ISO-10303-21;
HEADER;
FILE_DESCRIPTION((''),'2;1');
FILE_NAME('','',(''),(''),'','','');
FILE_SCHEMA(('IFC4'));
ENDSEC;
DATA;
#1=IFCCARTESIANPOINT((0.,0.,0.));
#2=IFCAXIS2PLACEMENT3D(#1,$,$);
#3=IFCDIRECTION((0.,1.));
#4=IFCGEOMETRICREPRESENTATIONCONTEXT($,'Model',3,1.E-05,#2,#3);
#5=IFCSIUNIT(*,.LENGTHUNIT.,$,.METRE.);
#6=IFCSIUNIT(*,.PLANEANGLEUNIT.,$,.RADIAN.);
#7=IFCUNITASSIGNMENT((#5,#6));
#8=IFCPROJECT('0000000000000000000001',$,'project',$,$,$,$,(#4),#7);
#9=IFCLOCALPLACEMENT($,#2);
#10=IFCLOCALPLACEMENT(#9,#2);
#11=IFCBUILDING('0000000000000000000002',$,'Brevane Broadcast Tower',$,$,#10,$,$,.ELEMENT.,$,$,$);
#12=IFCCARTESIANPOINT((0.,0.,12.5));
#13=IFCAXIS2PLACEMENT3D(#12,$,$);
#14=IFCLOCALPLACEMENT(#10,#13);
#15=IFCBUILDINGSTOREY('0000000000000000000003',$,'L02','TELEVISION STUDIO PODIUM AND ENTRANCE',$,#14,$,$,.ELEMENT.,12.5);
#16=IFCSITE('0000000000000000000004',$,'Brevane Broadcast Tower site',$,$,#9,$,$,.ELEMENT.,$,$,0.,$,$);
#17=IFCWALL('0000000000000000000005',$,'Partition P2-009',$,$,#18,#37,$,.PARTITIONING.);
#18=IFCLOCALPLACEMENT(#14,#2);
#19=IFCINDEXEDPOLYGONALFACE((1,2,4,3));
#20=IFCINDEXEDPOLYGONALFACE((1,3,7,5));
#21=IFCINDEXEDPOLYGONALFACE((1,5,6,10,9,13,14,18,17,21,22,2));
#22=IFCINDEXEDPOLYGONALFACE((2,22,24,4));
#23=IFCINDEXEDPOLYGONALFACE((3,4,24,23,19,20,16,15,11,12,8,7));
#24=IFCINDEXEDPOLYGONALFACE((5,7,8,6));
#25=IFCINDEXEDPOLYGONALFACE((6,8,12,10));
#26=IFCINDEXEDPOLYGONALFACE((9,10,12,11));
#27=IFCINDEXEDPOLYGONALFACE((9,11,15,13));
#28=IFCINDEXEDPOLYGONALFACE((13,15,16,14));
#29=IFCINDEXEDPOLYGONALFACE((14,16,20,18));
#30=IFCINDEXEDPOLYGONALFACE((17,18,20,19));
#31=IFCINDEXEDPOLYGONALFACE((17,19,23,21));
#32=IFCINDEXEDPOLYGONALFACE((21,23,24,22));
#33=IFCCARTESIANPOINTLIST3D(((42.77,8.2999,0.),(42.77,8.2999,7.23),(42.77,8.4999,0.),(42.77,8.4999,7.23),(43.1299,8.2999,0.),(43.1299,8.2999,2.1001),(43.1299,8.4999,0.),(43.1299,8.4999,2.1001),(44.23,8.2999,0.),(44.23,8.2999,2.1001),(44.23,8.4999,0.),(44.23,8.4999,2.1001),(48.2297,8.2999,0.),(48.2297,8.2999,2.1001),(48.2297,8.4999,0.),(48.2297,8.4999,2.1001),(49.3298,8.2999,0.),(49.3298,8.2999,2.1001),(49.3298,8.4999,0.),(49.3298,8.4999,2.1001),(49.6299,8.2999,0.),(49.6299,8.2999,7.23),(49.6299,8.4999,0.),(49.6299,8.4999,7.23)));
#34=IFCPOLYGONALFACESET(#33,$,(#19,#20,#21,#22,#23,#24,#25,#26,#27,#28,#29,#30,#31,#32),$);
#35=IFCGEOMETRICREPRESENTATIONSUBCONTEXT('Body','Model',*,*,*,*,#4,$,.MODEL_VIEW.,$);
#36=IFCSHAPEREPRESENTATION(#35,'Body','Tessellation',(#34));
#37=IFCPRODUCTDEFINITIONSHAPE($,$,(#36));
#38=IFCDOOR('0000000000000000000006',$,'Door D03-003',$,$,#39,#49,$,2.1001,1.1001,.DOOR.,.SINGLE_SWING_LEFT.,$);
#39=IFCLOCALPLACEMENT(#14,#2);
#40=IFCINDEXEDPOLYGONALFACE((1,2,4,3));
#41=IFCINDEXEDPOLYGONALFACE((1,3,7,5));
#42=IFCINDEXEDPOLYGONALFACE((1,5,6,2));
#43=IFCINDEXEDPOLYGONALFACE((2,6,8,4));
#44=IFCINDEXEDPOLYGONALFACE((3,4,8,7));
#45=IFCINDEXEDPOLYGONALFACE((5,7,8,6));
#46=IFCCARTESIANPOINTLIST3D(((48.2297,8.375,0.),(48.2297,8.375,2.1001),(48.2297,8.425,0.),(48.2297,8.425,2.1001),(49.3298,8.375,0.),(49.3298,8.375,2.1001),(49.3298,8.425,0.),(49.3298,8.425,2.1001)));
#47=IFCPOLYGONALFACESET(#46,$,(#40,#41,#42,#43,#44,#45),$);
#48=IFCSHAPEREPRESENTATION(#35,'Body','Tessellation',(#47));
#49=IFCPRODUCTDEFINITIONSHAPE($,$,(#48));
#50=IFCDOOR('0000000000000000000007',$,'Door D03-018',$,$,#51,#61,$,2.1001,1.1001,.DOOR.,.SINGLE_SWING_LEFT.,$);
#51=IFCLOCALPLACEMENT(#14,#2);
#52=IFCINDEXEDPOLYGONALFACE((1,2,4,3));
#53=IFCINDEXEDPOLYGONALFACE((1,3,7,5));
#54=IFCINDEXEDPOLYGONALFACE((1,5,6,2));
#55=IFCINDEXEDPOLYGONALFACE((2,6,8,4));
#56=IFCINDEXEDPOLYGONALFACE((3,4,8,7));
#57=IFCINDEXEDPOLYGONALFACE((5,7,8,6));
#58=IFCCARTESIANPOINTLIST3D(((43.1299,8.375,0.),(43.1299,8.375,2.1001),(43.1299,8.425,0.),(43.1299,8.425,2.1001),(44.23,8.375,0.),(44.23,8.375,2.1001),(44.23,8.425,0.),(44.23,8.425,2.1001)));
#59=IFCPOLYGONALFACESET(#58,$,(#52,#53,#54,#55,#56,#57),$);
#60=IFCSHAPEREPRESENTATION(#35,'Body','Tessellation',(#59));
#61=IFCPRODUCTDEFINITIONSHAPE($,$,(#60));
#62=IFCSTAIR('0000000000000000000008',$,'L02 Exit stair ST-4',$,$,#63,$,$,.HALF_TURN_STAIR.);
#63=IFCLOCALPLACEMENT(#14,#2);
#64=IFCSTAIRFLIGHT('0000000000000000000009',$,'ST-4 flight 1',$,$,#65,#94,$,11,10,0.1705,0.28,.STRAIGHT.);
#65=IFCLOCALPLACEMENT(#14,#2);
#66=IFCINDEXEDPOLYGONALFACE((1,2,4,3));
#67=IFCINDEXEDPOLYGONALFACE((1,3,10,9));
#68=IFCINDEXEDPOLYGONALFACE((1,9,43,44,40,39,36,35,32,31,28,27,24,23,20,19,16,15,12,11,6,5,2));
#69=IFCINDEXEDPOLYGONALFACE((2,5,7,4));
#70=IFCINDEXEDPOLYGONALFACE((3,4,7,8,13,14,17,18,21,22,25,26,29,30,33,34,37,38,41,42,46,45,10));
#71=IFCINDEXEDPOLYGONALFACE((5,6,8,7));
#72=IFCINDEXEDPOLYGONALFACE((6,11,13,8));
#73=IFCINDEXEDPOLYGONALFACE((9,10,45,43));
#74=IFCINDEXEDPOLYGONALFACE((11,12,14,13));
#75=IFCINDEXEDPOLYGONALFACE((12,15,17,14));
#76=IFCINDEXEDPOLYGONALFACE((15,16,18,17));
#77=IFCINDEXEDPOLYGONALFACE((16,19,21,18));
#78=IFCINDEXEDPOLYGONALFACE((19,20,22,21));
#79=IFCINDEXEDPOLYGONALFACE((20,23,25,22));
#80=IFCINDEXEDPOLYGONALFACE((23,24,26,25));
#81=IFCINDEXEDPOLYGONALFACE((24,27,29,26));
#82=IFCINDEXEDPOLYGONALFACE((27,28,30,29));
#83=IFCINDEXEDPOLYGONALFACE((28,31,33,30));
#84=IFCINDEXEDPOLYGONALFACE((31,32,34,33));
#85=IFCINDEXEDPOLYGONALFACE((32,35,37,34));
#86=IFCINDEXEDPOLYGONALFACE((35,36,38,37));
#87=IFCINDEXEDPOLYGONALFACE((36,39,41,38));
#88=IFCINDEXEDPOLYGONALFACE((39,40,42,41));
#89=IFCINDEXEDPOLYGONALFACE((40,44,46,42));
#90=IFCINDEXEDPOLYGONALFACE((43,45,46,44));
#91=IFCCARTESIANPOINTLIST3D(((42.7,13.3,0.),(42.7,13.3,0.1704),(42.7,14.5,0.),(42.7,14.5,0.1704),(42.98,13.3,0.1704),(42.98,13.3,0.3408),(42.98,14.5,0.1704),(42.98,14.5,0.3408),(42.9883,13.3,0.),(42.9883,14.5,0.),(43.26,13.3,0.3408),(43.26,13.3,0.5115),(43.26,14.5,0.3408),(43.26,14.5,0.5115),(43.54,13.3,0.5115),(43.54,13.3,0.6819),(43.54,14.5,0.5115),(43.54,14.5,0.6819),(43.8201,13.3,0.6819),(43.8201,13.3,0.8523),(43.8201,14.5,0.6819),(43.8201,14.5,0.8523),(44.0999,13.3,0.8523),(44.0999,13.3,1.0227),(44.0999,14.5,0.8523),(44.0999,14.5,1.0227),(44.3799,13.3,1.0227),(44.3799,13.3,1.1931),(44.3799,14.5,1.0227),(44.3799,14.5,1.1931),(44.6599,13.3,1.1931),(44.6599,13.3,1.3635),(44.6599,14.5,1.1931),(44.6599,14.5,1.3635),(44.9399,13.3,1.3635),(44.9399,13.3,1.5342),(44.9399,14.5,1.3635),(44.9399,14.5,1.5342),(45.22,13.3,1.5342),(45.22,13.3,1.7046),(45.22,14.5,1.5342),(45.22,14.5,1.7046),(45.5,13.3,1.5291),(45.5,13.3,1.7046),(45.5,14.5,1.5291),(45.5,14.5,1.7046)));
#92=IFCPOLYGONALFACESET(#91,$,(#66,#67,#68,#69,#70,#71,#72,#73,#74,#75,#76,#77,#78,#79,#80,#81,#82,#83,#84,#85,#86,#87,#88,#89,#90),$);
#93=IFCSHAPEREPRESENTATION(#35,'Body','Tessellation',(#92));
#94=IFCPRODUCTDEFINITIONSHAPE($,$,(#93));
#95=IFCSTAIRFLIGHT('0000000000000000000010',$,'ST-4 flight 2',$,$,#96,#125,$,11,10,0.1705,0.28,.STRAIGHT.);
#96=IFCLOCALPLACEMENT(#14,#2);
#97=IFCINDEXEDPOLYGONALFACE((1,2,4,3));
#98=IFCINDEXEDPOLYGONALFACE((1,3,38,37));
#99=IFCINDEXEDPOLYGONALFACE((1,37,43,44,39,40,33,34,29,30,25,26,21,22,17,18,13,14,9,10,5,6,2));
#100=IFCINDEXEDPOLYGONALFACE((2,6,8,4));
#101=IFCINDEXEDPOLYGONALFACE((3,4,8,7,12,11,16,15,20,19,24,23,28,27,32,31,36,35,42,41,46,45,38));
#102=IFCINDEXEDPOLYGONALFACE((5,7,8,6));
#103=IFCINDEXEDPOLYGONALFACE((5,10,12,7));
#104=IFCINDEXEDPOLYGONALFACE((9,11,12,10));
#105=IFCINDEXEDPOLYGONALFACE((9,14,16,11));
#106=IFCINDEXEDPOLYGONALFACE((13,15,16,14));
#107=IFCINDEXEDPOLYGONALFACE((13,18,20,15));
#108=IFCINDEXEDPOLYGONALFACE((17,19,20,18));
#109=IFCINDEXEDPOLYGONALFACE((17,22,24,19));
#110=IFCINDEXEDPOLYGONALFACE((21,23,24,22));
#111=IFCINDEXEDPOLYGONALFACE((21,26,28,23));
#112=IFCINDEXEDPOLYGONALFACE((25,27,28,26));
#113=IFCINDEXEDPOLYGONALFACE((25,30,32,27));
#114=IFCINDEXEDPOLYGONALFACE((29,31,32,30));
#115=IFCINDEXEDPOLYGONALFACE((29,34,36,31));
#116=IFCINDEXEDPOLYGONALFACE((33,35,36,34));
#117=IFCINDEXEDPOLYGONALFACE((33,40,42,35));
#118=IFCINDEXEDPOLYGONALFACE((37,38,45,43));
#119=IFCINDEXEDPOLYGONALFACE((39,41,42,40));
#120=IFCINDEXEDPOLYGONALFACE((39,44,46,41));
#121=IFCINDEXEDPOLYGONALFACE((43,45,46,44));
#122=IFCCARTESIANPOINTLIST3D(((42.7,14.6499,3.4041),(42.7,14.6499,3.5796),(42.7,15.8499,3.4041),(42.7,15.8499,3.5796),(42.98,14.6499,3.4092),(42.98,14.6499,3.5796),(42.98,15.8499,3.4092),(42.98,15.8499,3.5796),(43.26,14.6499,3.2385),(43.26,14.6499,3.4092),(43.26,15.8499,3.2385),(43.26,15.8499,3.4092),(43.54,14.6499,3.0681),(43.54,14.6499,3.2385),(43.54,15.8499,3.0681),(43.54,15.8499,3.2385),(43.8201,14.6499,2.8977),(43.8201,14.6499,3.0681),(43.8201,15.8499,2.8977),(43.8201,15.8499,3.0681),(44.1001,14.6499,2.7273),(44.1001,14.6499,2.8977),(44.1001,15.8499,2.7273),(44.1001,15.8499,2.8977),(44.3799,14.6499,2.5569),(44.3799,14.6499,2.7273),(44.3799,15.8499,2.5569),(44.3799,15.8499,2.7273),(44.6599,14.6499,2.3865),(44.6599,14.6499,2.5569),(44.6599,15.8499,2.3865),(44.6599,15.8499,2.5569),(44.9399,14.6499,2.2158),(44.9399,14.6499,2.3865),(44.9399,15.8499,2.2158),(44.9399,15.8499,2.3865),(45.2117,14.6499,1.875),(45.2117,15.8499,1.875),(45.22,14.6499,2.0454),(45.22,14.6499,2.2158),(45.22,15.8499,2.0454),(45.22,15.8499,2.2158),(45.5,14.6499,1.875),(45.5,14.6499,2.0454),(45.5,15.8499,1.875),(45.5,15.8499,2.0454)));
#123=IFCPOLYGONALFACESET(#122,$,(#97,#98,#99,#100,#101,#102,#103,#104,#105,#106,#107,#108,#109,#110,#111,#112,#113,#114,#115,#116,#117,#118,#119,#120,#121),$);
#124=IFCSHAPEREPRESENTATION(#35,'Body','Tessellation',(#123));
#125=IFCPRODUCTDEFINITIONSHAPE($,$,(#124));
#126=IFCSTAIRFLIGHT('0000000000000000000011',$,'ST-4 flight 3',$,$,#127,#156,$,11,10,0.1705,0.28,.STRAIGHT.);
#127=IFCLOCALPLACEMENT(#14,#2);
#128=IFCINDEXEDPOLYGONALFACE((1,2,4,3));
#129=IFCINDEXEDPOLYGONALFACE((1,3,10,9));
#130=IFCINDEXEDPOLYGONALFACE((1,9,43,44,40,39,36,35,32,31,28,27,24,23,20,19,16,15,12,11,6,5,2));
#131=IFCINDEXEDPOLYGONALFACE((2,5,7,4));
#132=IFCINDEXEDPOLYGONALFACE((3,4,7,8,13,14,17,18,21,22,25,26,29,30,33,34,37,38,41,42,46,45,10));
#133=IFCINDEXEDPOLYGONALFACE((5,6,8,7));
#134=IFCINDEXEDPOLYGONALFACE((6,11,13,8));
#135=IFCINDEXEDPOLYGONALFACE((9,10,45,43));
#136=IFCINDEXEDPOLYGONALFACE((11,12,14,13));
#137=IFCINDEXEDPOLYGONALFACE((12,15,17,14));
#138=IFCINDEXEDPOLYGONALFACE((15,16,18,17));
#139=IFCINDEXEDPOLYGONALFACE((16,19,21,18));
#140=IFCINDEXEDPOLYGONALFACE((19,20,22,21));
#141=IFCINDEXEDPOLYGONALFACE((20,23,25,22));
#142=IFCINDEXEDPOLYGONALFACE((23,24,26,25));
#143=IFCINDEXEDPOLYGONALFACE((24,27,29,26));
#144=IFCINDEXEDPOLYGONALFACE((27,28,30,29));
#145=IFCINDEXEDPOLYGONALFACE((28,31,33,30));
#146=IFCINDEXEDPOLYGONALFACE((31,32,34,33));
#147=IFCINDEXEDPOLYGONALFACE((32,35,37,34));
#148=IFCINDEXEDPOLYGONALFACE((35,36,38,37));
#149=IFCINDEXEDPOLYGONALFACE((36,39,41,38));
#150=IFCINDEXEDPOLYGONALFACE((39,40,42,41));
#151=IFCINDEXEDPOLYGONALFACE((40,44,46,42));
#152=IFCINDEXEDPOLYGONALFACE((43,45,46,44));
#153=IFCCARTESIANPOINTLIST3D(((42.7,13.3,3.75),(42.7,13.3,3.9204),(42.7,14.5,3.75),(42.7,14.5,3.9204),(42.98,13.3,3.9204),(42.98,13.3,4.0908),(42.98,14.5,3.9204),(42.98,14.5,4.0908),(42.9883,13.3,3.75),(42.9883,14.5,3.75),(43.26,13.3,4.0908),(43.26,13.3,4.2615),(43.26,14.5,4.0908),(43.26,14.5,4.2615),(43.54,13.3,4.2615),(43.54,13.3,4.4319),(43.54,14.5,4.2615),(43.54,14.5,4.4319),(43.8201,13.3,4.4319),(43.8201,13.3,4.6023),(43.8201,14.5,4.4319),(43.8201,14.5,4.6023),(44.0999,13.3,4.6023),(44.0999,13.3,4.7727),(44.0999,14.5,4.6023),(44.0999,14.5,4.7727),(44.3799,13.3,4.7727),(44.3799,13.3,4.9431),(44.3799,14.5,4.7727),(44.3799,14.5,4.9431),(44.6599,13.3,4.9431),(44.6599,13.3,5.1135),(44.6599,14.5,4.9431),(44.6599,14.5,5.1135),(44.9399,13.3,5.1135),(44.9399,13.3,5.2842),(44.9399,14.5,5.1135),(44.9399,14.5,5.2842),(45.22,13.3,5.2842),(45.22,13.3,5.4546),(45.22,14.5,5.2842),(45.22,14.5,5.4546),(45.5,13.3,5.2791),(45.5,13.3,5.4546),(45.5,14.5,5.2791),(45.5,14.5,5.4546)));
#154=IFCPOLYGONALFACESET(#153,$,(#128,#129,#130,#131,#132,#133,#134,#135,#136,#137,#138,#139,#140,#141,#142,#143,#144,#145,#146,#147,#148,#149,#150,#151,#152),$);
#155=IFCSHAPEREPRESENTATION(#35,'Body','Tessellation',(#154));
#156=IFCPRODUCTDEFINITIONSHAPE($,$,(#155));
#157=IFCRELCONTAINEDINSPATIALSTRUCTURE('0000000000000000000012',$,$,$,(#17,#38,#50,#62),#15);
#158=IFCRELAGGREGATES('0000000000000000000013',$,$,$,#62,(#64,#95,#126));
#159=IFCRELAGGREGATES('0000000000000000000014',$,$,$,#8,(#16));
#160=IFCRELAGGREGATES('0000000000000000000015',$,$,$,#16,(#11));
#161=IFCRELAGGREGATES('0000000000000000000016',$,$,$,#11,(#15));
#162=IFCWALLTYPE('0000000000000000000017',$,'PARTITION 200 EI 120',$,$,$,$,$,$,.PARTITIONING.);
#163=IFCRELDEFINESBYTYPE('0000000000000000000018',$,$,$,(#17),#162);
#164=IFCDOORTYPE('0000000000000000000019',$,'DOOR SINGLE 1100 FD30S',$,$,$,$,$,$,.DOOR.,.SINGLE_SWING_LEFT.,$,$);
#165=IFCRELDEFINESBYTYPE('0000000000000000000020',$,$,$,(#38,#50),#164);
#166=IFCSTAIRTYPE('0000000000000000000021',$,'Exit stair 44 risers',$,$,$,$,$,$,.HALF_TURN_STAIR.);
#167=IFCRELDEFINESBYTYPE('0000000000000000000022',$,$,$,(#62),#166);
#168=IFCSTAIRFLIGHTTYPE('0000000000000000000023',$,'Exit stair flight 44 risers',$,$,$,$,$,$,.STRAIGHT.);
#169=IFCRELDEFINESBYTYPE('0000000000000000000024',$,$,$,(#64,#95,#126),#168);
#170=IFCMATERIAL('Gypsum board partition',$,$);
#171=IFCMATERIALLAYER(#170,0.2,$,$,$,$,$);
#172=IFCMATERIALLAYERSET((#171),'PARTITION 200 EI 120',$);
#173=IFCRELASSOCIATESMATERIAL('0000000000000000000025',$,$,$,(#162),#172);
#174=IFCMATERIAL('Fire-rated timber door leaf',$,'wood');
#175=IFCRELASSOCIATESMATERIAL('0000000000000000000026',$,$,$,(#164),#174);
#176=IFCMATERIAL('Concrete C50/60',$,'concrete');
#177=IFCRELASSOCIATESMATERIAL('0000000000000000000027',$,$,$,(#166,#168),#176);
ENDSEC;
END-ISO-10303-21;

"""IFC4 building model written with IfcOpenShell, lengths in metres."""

from ifc_helpers import new_model, si_unit, direction, frame, frame_2d, origin, place, context, subcontext, project, spatial, polyline, rectangle, outline, extrude, material, layer, layer_set, type_object, element, fill, aggregate, save


model = new_model("IFC4")

# Units and contexts
model_context = context("Model", 3, precision=1e-05, world=origin(), true_north=direction((0.0, 1.0)))
body_context = subcontext(model_context, "Body", "Model", "MODEL_VIEW")
ifc_project = project(units=[si_unit("LENGTHUNIT", "METRE"), si_unit("PLANEANGLEUNIT", "RADIAN")], contexts=[model_context])

# Site, building, storey
site_placement = place(None, origin())
site = spatial("IfcSite", under=ifc_project, at=site_placement, Name="Brevane Broadcast Tower site", CompositionType="ELEMENT", RefElevation=0.0)
building_placement = place(site_placement, origin())
building = spatial("IfcBuilding", under=site, at=building_placement, Name="Brevane Broadcast Tower", CompositionType="ELEMENT")
storey_placement = place(building_placement, frame((0.0, 0.0, 12.5)))
storey = spatial("IfcBuildingStorey", under=building, at=storey_placement, Name="L02", Description="TELEVISION STUDIO PODIUM AND ENTRANCE", CompositionType="ELEMENT", Elevation=12.5)

# Shared definitions
ifc_material_1 = material(Name="Gypsum board partition")

# Wall, openings, doors
ifc_layer_1 = layer(ifc_material_1, 0.2)
ifc_layer_set_1 = layer_set([ifc_layer_1], Name="PARTITION 200 EI 120")
wall_type_1 = type_object("IfcWallType", Name="PARTITION 200 EI 120", PredefinedType="PARTITIONING", material=ifc_layer_set_1)
wall_1_placement = place(storey_placement, frame((49.6299, 8.3999, 0.0), z_axis=(0.0, 0.0, 1.0), x_axis=(-1.0, 0.0, 0.0)))
wall_1 = element("IfcWall", 1, at=wall_1_placement, inside=storey, type_object=wall_type_1, Name="Partition P2-009", PredefinedType="PARTITIONING", context=body_context, shape_type="SweptSolid", body=[
    extrude(rectangle(XDim=6.8599, YDim=0.2, at=frame_2d((3.4299, 0.0))), origin(), (0.0, 0.0, 1.0), 7.23),
])
opening_1_placement = place(wall_1_placement, frame((0.3, 0.0, 0.0)))
opening_1 = element("IfcOpeningElement", 2, at=opening_1_placement, cuts=wall_1, PredefinedType="OPENING", context=body_context, shape_type="SweptSolid", body=[
    extrude(rectangle(XDim=1.1001, YDim=2.1001, at=frame_2d((0.55, 1.05))), frame((0.0, 0.1099, 0.0), z_axis=(0.0, -1.0, 0.0), x_axis=(1.0, 0.0, 0.0)), (0.0, 0.0, 1.0), 0.22),
])
opening_2_placement = place(wall_1_placement, frame((5.3999, 0.0, 0.0)))
opening_2 = element("IfcOpeningElement", 3, at=opening_2_placement, cuts=wall_1, PredefinedType="OPENING", context=body_context, shape_type="SweptSolid", body=[
    extrude(rectangle(XDim=1.1001, YDim=2.1001, at=frame_2d((0.55, 1.05))), frame((0.0, 0.1099, 0.0), z_axis=(0.0, -1.0, 0.0), x_axis=(1.0, 0.0, 0.0)), (0.0, 0.0, 1.0), 0.22),
])
ifc_material_2 = material(Name="Fire-rated timber door leaf", Category="wood")
door_type_1 = type_object("IfcDoorType", Name="DOOR SINGLE 1100 FD30S", OperationType="SINGLE_SWING_LEFT", PredefinedType="DOOR", material=ifc_material_2)
door_1_placement = place(opening_1_placement, origin())
door_1 = element("IfcDoor", 4, at=door_1_placement, inside=storey, type_object=door_type_1, Name="Door D03-003", OperationType="SINGLE_SWING_LEFT", OverallHeight=2.1001, OverallWidth=1.1001, PredefinedType="DOOR", context=body_context, shape_type="SweptSolid", body=[
    extrude(rectangle(XDim=1.1001, YDim=2.1001, at=frame_2d((0.55, 1.05))), frame((0.0, 0.0249, 0.0), z_axis=(0.0, -1.0, 0.0), x_axis=(1.0, 0.0, 0.0)), (0.0, 0.0, 1.0), 0.05),
])
fill(opening_1, door_1)
door_2_placement = place(opening_2_placement, origin())
door_2 = element("IfcDoor", 5, at=door_2_placement, inside=storey, type_object=door_type_1, Name="Door D03-018", OperationType="SINGLE_SWING_LEFT", OverallHeight=2.1001, OverallWidth=1.1001, PredefinedType="DOOR", context=body_context, shape_type="SweptSolid", body=[
    extrude(rectangle(XDim=1.1001, YDim=2.1001, at=frame_2d((0.55, 1.05))), frame((0.0, 0.0249, 0.0), z_axis=(0.0, -1.0, 0.0), x_axis=(1.0, 0.0, 0.0)), (0.0, 0.0, 1.0), 0.05),
])
fill(opening_2, door_2)

# Stair, stair flights
ifc_material_3 = material(Name="Concrete C50/60", Category="concrete")
stair_type = type_object("IfcStairType", Name="Exit stair 44 risers", PredefinedType="HALF_TURN_STAIR", material=ifc_material_3)
stair_placement = place(storey_placement, origin())
stair = element("IfcStair", 6, at=stair_placement, inside=storey, type_object=stair_type, Name="L02 Exit stair ST-4", PredefinedType="HALF_TURN_STAIR")
stair_flight_type = type_object("IfcStairFlightType", Name="Exit stair flight 44 risers", PredefinedType="STRAIGHT", material=ifc_material_3)
stair_flight_1_placement = place(storey_placement, frame((42.7, 13.8999, 0.0), z_axis=(0.0, 0.0, 1.0), x_axis=(1.0, 0.0, 0.0)))
stair_flight_1 = element("IfcStairFlight", 7, at=stair_flight_1_placement, type_object=stair_flight_type, Name="ST-4 flight 1", NumberOfRisers=11, NumberOfTreads=10, PredefinedType="STRAIGHT", RiserHeight=0.1705, TreadLength=0.28, context=body_context, shape_type="SweptSolid", body=[
    extrude(outline(polyline([(0.0, 0.0), (0.0, 0.1704), (0.28, 0.1704), (0.28, 0.3408), (0.5601, 0.3408), (0.5601, 0.5115), (0.8401, 0.5115), (0.8401, 0.6819), (1.1201, 0.6819), (1.1201, 0.8523), (1.3999, 0.8523), (1.3999, 1.0227), (1.6799, 1.0227), (1.6799, 1.1931), (1.96, 1.1931), (1.96, 1.3635), (2.24, 1.3635), (2.24, 1.5342), (2.52, 1.5342), (2.52, 1.7046), (2.8, 1.7046), (2.8, 1.875), (2.8, 1.5291), (0.2883, 0.0), (0.0, 0.0)])), frame((0.0, 0.6001, 0.0), z_axis=(0.0, -1.0, 0.0), x_axis=(1.0, 0.0, 0.0)), (0.0, 0.0, 1.0), 1.2),
])
stair_flight_2_placement = place(storey_placement, frame((45.5, 15.25, 1.875), z_axis=(0.0, 0.0, 1.0), x_axis=(-1.0, 0.0, 0.0)))
stair_flight_2 = element("IfcStairFlight", 8, at=stair_flight_2_placement, type_object=stair_flight_type, Name="ST-4 flight 2", NumberOfRisers=11, NumberOfTreads=10, PredefinedType="STRAIGHT", RiserHeight=0.1705, TreadLength=0.28, context=body_context, shape_type="SweptSolid", body=[
    extrude(outline(polyline([(0.0, 0.0), (0.0, 0.1704), (0.28, 0.1704), (0.28, 0.3408), (0.5601, 0.3408), (0.5601, 0.5115), (0.8401, 0.5115), (0.8401, 0.6819), (1.1201, 0.6819), (1.1201, 0.8523), (1.3999, 0.8523), (1.3999, 1.0227), (1.6799, 1.0227), (1.6799, 1.1931), (1.96, 1.1931), (1.96, 1.3635), (2.24, 1.3635), (2.24, 1.5342), (2.52, 1.5342), (2.52, 1.7046), (2.8, 1.7046), (2.8, 1.875), (2.8, 1.5291), (0.2883, 0.0), (0.0, 0.0)])), frame((0.0, 0.6001, 0.0), z_axis=(0.0, -1.0, 0.0), x_axis=(1.0, 0.0, 0.0)), (0.0, 0.0, 1.0), 1.2),
])
stair_flight_3_placement = place(storey_placement, frame((42.7, 13.8999, 3.75), z_axis=(0.0, 0.0, 1.0), x_axis=(1.0, 0.0, 0.0)))
stair_flight_3 = element("IfcStairFlight", 9, at=stair_flight_3_placement, type_object=stair_flight_type, Name="ST-4 flight 3", NumberOfRisers=11, NumberOfTreads=10, PredefinedType="STRAIGHT", RiserHeight=0.1705, TreadLength=0.28, context=body_context, shape_type="SweptSolid", body=[
    extrude(outline(polyline([(0.0, 0.0), (0.0, 0.1704), (0.28, 0.1704), (0.28, 0.3408), (0.5601, 0.3408), (0.5601, 0.5115), (0.8401, 0.5115), (0.8401, 0.6819), (1.1201, 0.6819), (1.1201, 0.8523), (1.3999, 0.8523), (1.3999, 1.0227), (1.6799, 1.0227), (1.6799, 1.1931), (1.96, 1.1931), (1.96, 1.3635), (2.24, 1.3635), (2.24, 1.5342), (2.52, 1.5342), (2.52, 1.7046), (2.8, 1.7046), (2.8, 1.875), (2.8, 1.5291), (0.2883, 0.0), (0.0, 0.0)])), frame((0.0, 0.6001, 0.0), z_axis=(0.0, -1.0, 0.0), x_axis=(1.0, 0.0, 0.0)), (0.0, 0.0, 1.0), 1.2),
])
aggregate(stair, [stair_flight_1, stair_flight_2, stair_flight_3])

save(model, "model.ifc")
